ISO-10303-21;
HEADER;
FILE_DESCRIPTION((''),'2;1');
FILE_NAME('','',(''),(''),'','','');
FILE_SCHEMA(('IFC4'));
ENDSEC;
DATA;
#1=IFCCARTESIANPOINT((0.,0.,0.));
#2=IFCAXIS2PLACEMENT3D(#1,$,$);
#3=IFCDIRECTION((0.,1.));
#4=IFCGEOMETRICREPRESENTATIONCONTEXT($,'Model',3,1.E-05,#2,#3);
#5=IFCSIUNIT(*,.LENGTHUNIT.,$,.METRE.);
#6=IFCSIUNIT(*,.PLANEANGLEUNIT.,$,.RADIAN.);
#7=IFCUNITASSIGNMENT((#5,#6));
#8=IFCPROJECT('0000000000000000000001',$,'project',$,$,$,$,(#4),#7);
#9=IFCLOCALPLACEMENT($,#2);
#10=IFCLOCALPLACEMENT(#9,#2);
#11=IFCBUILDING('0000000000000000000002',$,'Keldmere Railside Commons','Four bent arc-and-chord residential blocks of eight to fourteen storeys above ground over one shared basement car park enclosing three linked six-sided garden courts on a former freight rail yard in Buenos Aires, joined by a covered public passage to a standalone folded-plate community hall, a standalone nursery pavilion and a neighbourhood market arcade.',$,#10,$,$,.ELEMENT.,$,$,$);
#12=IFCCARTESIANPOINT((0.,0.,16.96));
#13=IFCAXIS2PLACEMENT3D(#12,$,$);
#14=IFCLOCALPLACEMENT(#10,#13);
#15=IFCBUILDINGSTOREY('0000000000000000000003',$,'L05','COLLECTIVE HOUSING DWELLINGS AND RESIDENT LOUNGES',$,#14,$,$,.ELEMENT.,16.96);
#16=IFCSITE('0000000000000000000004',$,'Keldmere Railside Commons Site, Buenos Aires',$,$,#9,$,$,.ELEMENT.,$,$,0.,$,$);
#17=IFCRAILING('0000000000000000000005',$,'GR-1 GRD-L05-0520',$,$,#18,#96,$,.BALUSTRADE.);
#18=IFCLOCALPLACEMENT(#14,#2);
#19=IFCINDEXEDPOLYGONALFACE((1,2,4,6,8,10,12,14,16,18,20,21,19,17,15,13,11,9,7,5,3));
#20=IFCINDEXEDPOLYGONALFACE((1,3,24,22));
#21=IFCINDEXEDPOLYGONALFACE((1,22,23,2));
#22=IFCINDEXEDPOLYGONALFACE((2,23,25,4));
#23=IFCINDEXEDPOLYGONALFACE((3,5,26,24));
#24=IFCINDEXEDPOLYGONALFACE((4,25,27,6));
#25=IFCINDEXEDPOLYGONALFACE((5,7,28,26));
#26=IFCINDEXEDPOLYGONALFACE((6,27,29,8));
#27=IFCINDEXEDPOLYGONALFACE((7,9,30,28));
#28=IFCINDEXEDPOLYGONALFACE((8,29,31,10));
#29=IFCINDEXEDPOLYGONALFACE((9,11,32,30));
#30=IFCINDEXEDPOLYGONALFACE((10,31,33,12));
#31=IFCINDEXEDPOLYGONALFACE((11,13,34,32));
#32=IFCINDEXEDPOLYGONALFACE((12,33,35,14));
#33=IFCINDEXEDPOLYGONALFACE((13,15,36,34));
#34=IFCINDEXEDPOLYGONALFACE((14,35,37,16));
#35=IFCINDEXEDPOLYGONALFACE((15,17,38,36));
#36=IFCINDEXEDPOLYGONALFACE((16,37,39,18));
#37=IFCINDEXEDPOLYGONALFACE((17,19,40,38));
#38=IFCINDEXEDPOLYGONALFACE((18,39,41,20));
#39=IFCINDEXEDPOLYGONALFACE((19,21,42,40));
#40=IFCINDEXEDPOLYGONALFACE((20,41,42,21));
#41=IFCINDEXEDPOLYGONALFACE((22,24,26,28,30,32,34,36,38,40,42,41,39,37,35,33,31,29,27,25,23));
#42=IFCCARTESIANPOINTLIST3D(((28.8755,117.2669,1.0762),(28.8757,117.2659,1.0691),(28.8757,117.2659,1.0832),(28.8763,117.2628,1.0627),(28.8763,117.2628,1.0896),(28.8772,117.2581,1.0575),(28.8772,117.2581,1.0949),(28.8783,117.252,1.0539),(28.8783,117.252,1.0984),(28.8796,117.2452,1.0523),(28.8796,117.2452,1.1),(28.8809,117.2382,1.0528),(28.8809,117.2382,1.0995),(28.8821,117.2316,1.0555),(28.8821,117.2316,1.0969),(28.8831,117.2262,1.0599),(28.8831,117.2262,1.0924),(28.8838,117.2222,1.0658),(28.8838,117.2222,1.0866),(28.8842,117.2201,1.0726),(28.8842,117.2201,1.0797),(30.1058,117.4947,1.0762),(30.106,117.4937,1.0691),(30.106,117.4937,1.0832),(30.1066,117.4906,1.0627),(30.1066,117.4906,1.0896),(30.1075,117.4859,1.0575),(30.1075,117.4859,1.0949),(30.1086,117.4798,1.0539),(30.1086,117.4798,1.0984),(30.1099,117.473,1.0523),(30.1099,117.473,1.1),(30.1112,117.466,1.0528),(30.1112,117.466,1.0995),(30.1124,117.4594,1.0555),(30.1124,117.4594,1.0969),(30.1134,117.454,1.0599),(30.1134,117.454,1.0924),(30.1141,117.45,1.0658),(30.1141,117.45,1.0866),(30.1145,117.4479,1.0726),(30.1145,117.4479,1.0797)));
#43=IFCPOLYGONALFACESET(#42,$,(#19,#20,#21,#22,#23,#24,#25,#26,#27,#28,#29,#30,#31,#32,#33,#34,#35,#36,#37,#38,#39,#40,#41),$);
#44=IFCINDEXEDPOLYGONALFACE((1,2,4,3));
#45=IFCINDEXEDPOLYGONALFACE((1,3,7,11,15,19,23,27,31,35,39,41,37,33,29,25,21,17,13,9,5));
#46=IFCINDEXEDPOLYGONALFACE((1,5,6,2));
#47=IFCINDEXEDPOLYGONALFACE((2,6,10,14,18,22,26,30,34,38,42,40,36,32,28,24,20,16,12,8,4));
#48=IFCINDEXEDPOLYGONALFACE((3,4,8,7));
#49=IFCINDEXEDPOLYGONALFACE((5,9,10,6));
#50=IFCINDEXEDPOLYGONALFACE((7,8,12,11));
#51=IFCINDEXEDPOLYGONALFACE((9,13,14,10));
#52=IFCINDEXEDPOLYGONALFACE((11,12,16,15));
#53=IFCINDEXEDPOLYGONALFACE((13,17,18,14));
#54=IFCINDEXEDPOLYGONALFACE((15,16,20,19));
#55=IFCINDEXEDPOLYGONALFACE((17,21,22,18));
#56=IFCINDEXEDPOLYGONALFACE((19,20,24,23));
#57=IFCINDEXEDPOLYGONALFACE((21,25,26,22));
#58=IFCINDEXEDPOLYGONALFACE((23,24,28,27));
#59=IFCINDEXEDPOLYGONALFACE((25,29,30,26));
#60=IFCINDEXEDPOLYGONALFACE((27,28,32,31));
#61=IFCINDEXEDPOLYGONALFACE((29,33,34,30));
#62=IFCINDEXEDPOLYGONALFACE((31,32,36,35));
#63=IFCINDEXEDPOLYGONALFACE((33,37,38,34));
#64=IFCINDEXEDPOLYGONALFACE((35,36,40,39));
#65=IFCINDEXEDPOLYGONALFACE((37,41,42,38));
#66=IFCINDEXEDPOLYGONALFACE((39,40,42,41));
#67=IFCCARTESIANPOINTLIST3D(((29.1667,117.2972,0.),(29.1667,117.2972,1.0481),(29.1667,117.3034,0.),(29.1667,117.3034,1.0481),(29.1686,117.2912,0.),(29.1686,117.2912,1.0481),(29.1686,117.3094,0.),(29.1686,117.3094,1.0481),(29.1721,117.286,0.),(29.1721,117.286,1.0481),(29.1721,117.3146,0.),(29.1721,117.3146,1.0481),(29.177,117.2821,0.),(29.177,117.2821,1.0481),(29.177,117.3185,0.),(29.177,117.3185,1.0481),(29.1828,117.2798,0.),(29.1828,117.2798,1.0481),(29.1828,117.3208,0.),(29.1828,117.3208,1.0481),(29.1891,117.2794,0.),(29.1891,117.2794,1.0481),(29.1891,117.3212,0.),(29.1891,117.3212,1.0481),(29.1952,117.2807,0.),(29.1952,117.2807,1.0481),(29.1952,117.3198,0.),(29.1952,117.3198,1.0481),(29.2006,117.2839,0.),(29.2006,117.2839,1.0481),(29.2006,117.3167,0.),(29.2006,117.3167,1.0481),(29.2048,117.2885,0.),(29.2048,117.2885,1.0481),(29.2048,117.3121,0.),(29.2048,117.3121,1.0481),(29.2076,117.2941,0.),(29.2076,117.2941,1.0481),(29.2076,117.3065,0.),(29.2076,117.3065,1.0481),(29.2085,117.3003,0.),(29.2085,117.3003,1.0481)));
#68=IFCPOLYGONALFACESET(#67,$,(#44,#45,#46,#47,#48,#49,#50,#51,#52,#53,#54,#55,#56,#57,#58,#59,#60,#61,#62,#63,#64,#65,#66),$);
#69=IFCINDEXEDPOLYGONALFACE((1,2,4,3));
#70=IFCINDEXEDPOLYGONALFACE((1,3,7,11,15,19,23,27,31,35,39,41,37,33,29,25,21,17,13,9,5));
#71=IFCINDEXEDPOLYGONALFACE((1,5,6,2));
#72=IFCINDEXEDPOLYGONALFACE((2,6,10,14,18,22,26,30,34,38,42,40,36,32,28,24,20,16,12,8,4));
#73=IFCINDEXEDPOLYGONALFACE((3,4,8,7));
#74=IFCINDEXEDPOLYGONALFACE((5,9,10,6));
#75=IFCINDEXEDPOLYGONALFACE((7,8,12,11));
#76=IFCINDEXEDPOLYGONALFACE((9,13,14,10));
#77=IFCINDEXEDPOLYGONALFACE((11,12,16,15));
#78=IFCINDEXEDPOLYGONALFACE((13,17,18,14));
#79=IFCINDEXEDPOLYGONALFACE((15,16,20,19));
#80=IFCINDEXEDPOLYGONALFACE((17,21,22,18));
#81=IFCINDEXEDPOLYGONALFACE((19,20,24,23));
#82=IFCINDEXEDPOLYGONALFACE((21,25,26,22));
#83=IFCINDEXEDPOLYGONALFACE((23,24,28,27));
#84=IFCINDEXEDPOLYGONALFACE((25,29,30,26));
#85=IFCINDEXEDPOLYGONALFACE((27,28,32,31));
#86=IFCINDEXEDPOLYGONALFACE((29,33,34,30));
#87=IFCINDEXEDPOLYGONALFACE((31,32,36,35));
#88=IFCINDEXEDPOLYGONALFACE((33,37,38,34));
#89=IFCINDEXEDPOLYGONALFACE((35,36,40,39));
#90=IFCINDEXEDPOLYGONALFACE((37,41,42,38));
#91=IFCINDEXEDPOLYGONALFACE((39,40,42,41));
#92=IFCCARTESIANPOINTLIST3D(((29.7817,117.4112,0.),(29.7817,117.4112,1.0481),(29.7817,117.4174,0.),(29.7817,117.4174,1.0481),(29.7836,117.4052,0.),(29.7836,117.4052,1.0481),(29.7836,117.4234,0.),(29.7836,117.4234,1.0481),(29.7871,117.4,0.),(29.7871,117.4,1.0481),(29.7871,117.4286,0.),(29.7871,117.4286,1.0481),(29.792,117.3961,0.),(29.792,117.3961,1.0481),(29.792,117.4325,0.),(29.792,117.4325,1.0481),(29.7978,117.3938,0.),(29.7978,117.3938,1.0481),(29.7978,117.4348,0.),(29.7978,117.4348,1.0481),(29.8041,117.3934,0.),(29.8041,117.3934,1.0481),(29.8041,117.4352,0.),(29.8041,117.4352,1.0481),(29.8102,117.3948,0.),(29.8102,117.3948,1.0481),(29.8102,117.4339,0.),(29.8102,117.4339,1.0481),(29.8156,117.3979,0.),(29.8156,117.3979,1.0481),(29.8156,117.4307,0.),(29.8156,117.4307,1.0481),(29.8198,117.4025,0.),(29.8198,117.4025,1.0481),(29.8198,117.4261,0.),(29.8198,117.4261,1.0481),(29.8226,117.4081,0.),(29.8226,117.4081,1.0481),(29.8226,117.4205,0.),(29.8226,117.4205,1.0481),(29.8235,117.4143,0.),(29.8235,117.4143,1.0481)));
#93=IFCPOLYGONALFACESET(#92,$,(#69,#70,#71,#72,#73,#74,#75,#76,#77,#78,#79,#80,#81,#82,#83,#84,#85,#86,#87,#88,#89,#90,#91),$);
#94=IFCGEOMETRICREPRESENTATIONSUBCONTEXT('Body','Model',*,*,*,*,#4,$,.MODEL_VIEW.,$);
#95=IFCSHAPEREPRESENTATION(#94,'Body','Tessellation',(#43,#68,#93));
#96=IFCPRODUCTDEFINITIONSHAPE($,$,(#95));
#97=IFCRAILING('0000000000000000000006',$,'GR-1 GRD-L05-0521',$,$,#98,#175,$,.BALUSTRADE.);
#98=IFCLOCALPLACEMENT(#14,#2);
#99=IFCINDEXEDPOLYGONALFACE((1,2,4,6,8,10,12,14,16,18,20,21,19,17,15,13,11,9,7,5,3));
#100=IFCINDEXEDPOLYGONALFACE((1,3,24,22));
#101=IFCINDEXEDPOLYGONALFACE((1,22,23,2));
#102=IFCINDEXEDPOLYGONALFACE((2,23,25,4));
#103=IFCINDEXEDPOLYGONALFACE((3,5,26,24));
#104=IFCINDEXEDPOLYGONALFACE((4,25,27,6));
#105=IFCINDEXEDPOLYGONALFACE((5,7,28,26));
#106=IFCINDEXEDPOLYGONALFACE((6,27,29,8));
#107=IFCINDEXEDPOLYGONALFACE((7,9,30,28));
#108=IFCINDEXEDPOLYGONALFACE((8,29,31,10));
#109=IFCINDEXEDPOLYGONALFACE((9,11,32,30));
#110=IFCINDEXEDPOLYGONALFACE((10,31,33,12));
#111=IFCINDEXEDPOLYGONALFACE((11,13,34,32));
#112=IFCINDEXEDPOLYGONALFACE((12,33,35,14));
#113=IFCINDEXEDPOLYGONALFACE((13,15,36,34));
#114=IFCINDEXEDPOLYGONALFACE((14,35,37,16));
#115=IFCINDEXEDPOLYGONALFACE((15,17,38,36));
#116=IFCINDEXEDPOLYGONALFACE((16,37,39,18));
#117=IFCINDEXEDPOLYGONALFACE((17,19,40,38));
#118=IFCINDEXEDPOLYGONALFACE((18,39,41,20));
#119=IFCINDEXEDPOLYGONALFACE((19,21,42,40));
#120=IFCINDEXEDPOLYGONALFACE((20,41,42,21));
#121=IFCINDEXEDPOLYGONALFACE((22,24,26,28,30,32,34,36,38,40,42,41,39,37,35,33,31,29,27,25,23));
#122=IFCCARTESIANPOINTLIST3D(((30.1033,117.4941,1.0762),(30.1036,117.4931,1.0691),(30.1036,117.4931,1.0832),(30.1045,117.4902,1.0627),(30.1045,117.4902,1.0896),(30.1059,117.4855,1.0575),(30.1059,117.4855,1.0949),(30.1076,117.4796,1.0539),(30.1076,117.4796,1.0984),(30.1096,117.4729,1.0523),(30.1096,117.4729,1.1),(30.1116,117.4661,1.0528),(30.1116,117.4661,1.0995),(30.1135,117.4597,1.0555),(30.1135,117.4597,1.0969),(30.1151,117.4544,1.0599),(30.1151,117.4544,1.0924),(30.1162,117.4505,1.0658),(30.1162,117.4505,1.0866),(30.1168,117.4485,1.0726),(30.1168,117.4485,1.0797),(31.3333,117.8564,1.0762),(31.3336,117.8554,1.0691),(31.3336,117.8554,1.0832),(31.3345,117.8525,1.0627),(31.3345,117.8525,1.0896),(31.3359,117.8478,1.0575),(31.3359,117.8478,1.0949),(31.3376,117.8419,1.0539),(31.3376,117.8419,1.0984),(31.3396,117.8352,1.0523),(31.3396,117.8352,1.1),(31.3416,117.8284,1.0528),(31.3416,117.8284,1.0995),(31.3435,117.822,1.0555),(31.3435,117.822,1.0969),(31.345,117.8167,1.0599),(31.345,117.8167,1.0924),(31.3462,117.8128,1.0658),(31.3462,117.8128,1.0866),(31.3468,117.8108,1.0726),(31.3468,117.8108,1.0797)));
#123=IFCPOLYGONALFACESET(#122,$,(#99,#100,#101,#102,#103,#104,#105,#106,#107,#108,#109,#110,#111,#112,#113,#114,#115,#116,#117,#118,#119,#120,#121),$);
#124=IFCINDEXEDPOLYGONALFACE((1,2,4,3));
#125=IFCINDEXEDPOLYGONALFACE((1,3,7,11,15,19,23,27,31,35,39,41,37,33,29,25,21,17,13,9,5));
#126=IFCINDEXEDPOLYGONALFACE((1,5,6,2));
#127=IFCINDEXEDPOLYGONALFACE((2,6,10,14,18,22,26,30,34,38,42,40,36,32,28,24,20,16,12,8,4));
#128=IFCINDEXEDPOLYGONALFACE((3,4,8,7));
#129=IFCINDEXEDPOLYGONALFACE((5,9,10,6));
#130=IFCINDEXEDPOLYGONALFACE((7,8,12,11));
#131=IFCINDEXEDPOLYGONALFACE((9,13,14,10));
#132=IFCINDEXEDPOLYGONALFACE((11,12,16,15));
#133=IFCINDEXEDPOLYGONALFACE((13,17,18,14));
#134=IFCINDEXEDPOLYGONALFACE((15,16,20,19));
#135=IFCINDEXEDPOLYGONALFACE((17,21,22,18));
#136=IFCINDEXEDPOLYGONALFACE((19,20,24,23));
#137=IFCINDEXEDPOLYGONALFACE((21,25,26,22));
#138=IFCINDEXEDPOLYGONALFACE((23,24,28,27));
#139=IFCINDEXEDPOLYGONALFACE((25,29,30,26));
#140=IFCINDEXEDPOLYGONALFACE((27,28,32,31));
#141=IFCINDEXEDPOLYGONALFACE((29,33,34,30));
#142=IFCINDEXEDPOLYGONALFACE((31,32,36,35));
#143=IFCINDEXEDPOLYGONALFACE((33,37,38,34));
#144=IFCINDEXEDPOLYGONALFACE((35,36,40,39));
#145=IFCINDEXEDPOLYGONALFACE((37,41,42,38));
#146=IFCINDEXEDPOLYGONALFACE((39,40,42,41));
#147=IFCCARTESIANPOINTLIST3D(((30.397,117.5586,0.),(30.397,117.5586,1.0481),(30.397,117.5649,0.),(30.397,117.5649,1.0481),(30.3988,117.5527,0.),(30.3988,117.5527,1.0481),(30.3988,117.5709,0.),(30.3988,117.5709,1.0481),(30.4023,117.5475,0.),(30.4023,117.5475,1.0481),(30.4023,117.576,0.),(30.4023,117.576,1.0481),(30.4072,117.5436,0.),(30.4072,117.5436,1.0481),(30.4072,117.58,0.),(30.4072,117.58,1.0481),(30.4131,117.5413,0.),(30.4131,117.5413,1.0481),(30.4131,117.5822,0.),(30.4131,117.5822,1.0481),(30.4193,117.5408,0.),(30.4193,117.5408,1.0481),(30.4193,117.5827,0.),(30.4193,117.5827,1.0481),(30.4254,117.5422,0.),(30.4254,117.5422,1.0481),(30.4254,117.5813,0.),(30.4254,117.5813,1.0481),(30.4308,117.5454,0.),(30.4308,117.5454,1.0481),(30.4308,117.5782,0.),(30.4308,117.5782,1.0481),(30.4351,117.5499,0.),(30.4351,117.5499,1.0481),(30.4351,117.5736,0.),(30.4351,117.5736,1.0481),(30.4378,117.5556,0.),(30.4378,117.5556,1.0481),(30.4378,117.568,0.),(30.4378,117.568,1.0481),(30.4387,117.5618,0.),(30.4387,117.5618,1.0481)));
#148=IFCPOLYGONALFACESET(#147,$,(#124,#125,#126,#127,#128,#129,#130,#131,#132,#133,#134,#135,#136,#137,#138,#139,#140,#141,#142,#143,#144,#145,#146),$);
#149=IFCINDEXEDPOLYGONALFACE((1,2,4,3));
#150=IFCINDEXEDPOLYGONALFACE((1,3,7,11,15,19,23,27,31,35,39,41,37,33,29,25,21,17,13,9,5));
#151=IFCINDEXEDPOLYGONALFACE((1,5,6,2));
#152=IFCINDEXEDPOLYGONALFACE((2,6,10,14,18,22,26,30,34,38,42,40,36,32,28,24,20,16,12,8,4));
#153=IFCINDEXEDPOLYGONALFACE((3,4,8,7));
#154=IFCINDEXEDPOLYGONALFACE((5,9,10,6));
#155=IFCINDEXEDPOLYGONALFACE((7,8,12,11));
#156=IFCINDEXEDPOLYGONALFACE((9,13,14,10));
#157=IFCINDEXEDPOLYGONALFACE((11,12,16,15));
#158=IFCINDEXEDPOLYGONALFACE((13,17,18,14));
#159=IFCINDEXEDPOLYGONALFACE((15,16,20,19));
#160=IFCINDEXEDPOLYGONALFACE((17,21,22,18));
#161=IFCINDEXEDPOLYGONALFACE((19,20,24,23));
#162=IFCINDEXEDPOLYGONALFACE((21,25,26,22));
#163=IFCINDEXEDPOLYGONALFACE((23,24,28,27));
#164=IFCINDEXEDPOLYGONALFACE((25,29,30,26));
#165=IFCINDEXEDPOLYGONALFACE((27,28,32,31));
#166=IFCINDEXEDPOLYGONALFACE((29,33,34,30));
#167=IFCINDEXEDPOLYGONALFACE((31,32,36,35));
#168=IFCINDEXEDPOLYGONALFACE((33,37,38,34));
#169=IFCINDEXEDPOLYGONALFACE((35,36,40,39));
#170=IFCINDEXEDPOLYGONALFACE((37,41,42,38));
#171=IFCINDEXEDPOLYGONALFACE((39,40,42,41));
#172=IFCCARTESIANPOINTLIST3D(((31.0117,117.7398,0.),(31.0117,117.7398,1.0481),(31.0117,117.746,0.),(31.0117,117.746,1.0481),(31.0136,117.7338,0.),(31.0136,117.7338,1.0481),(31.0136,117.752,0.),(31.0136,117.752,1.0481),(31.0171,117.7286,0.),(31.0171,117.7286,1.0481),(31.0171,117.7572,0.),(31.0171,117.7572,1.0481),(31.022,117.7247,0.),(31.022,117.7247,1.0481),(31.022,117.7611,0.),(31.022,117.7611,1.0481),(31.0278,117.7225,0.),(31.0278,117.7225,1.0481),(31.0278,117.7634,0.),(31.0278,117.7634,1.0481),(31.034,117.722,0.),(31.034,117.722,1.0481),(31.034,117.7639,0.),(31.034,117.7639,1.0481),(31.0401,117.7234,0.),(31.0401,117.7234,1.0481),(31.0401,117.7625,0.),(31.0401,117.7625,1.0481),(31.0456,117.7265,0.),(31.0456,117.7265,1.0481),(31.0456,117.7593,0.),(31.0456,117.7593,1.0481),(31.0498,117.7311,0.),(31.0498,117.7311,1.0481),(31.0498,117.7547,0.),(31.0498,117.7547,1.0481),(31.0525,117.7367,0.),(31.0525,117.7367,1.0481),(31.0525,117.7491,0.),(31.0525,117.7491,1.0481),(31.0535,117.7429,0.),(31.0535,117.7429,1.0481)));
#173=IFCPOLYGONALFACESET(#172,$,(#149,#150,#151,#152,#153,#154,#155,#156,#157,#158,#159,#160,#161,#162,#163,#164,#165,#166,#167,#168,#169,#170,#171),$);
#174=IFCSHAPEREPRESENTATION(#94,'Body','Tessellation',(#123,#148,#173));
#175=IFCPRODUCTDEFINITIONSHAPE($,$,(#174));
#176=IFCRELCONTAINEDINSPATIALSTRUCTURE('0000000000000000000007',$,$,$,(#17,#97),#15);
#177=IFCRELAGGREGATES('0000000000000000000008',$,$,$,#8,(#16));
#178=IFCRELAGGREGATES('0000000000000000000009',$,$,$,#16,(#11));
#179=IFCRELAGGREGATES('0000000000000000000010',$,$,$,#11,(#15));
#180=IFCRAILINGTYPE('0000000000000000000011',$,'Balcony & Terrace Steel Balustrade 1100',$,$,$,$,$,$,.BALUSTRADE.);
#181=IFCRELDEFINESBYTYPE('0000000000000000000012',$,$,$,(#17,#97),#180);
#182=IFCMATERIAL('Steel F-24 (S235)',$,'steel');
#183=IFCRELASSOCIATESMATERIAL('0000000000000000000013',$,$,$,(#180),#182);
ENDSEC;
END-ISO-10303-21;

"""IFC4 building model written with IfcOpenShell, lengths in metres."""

from ifc_helpers import new_model, si_unit, direction, frame, origin, origin_2d, place, context, subcontext, project, spatial, circle, extrude, material, type_object, element, save


model = new_model("IFC4")

# Units and contexts
model_context = context("Model", 3, precision=1e-05, world=origin(), true_north=direction((0.0, 1.0)))
body_context = subcontext(model_context, "Body", "Model", "MODEL_VIEW")
ifc_project = project(units=[si_unit("LENGTHUNIT", "METRE"), si_unit("PLANEANGLEUNIT", "RADIAN")], contexts=[model_context])

# Site, building, storey
site_placement = place(None, origin())
site = spatial("IfcSite", under=ifc_project, at=site_placement, Name="Keldmere Railside Commons Site, Buenos Aires", CompositionType="ELEMENT", RefElevation=0.0)
building_placement = place(site_placement, origin())
building = spatial("IfcBuilding", under=site, at=building_placement, Name="Keldmere Railside Commons", Description="Four bent arc-and-chord residential blocks of eight to fourteen storeys above ground over one shared basement car park enclosing three linked six-sided garden courts on a former freight rail yard in Buenos Aires, joined by a covered public passage to a standalone folded-plate community hall, a standalone nursery pavilion and a neighbourhood market arcade.", CompositionType="ELEMENT")
storey_placement = place(building_placement, frame((0.0, 0.0, 16.96)))
storey = spatial("IfcBuildingStorey", under=building, at=storey_placement, Name="L05", Description="COLLECTIVE HOUSING DWELLINGS AND RESIDENT LOUNGES", CompositionType="ELEMENT", Elevation=16.96)

# Railings
ifc_material_1 = material(Name="Steel F-24 (S235)", Category="steel")
railing_type = type_object("IfcRailingType", Name="Balcony & Terrace Steel Balustrade 1100", PredefinedType="BALUSTRADE", material=ifc_material_1)
railing_1_placement = place(storey_placement, frame((28.8799, 117.2434, 0.0)))
element("IfcRailing", 1, at=railing_1_placement, inside=storey, type_object=railing_type, Name="GR-1 GRD-L05-0520", PredefinedType="BALUSTRADE", context=body_context, shape_type="SweptSolid", body=[
    extrude(circle(Radius=0.0239, at=origin_2d()), frame((0.0, 0.0, 1.0762), z_axis=(0.983287, 0.182061, 0.0), x_axis=(-0.182061, 0.983287, 0.0)), (0.0, 0.0, 1.0), 1.2512),
    extrude(circle(Radius=0.021, at=origin_2d()), frame((0.3076, 0.0569, 0.0)), (0.0, 0.0, 1.0), 1.0481),
    extrude(circle(Radius=0.021, at=origin_2d()), frame((0.9226, 0.1709, 0.0)), (0.0, 0.0, 1.0), 1.0481),
])
railing_2_placement = place(storey_placement, frame((30.1101, 117.4712, 0.0)))
element("IfcRailing", 2, at=railing_2_placement, inside=storey, type_object=railing_type, Name="GR-1 GRD-L05-0521", PredefinedType="BALUSTRADE", context=body_context, shape_type="SweptSolid", body=[
    extrude(circle(Radius=0.0239, at=origin_2d()), frame((0.0, 0.0, 1.0762), z_axis=(0.95925, 0.282558, 0.0), x_axis=(-0.282558, 0.95925, 0.0)), (0.0, 0.0, 1.0), 1.2822),
    extrude(circle(Radius=0.021, at=origin_2d()), frame((0.3076, 0.0906, 0.0)), (0.0, 0.0, 1.0), 1.0481),
    extrude(circle(Radius=0.021, at=origin_2d()), frame((0.9224, 0.2717, 0.0)), (0.0, 0.0, 1.0), 1.0481),
])

save(model, "model.ifc")
